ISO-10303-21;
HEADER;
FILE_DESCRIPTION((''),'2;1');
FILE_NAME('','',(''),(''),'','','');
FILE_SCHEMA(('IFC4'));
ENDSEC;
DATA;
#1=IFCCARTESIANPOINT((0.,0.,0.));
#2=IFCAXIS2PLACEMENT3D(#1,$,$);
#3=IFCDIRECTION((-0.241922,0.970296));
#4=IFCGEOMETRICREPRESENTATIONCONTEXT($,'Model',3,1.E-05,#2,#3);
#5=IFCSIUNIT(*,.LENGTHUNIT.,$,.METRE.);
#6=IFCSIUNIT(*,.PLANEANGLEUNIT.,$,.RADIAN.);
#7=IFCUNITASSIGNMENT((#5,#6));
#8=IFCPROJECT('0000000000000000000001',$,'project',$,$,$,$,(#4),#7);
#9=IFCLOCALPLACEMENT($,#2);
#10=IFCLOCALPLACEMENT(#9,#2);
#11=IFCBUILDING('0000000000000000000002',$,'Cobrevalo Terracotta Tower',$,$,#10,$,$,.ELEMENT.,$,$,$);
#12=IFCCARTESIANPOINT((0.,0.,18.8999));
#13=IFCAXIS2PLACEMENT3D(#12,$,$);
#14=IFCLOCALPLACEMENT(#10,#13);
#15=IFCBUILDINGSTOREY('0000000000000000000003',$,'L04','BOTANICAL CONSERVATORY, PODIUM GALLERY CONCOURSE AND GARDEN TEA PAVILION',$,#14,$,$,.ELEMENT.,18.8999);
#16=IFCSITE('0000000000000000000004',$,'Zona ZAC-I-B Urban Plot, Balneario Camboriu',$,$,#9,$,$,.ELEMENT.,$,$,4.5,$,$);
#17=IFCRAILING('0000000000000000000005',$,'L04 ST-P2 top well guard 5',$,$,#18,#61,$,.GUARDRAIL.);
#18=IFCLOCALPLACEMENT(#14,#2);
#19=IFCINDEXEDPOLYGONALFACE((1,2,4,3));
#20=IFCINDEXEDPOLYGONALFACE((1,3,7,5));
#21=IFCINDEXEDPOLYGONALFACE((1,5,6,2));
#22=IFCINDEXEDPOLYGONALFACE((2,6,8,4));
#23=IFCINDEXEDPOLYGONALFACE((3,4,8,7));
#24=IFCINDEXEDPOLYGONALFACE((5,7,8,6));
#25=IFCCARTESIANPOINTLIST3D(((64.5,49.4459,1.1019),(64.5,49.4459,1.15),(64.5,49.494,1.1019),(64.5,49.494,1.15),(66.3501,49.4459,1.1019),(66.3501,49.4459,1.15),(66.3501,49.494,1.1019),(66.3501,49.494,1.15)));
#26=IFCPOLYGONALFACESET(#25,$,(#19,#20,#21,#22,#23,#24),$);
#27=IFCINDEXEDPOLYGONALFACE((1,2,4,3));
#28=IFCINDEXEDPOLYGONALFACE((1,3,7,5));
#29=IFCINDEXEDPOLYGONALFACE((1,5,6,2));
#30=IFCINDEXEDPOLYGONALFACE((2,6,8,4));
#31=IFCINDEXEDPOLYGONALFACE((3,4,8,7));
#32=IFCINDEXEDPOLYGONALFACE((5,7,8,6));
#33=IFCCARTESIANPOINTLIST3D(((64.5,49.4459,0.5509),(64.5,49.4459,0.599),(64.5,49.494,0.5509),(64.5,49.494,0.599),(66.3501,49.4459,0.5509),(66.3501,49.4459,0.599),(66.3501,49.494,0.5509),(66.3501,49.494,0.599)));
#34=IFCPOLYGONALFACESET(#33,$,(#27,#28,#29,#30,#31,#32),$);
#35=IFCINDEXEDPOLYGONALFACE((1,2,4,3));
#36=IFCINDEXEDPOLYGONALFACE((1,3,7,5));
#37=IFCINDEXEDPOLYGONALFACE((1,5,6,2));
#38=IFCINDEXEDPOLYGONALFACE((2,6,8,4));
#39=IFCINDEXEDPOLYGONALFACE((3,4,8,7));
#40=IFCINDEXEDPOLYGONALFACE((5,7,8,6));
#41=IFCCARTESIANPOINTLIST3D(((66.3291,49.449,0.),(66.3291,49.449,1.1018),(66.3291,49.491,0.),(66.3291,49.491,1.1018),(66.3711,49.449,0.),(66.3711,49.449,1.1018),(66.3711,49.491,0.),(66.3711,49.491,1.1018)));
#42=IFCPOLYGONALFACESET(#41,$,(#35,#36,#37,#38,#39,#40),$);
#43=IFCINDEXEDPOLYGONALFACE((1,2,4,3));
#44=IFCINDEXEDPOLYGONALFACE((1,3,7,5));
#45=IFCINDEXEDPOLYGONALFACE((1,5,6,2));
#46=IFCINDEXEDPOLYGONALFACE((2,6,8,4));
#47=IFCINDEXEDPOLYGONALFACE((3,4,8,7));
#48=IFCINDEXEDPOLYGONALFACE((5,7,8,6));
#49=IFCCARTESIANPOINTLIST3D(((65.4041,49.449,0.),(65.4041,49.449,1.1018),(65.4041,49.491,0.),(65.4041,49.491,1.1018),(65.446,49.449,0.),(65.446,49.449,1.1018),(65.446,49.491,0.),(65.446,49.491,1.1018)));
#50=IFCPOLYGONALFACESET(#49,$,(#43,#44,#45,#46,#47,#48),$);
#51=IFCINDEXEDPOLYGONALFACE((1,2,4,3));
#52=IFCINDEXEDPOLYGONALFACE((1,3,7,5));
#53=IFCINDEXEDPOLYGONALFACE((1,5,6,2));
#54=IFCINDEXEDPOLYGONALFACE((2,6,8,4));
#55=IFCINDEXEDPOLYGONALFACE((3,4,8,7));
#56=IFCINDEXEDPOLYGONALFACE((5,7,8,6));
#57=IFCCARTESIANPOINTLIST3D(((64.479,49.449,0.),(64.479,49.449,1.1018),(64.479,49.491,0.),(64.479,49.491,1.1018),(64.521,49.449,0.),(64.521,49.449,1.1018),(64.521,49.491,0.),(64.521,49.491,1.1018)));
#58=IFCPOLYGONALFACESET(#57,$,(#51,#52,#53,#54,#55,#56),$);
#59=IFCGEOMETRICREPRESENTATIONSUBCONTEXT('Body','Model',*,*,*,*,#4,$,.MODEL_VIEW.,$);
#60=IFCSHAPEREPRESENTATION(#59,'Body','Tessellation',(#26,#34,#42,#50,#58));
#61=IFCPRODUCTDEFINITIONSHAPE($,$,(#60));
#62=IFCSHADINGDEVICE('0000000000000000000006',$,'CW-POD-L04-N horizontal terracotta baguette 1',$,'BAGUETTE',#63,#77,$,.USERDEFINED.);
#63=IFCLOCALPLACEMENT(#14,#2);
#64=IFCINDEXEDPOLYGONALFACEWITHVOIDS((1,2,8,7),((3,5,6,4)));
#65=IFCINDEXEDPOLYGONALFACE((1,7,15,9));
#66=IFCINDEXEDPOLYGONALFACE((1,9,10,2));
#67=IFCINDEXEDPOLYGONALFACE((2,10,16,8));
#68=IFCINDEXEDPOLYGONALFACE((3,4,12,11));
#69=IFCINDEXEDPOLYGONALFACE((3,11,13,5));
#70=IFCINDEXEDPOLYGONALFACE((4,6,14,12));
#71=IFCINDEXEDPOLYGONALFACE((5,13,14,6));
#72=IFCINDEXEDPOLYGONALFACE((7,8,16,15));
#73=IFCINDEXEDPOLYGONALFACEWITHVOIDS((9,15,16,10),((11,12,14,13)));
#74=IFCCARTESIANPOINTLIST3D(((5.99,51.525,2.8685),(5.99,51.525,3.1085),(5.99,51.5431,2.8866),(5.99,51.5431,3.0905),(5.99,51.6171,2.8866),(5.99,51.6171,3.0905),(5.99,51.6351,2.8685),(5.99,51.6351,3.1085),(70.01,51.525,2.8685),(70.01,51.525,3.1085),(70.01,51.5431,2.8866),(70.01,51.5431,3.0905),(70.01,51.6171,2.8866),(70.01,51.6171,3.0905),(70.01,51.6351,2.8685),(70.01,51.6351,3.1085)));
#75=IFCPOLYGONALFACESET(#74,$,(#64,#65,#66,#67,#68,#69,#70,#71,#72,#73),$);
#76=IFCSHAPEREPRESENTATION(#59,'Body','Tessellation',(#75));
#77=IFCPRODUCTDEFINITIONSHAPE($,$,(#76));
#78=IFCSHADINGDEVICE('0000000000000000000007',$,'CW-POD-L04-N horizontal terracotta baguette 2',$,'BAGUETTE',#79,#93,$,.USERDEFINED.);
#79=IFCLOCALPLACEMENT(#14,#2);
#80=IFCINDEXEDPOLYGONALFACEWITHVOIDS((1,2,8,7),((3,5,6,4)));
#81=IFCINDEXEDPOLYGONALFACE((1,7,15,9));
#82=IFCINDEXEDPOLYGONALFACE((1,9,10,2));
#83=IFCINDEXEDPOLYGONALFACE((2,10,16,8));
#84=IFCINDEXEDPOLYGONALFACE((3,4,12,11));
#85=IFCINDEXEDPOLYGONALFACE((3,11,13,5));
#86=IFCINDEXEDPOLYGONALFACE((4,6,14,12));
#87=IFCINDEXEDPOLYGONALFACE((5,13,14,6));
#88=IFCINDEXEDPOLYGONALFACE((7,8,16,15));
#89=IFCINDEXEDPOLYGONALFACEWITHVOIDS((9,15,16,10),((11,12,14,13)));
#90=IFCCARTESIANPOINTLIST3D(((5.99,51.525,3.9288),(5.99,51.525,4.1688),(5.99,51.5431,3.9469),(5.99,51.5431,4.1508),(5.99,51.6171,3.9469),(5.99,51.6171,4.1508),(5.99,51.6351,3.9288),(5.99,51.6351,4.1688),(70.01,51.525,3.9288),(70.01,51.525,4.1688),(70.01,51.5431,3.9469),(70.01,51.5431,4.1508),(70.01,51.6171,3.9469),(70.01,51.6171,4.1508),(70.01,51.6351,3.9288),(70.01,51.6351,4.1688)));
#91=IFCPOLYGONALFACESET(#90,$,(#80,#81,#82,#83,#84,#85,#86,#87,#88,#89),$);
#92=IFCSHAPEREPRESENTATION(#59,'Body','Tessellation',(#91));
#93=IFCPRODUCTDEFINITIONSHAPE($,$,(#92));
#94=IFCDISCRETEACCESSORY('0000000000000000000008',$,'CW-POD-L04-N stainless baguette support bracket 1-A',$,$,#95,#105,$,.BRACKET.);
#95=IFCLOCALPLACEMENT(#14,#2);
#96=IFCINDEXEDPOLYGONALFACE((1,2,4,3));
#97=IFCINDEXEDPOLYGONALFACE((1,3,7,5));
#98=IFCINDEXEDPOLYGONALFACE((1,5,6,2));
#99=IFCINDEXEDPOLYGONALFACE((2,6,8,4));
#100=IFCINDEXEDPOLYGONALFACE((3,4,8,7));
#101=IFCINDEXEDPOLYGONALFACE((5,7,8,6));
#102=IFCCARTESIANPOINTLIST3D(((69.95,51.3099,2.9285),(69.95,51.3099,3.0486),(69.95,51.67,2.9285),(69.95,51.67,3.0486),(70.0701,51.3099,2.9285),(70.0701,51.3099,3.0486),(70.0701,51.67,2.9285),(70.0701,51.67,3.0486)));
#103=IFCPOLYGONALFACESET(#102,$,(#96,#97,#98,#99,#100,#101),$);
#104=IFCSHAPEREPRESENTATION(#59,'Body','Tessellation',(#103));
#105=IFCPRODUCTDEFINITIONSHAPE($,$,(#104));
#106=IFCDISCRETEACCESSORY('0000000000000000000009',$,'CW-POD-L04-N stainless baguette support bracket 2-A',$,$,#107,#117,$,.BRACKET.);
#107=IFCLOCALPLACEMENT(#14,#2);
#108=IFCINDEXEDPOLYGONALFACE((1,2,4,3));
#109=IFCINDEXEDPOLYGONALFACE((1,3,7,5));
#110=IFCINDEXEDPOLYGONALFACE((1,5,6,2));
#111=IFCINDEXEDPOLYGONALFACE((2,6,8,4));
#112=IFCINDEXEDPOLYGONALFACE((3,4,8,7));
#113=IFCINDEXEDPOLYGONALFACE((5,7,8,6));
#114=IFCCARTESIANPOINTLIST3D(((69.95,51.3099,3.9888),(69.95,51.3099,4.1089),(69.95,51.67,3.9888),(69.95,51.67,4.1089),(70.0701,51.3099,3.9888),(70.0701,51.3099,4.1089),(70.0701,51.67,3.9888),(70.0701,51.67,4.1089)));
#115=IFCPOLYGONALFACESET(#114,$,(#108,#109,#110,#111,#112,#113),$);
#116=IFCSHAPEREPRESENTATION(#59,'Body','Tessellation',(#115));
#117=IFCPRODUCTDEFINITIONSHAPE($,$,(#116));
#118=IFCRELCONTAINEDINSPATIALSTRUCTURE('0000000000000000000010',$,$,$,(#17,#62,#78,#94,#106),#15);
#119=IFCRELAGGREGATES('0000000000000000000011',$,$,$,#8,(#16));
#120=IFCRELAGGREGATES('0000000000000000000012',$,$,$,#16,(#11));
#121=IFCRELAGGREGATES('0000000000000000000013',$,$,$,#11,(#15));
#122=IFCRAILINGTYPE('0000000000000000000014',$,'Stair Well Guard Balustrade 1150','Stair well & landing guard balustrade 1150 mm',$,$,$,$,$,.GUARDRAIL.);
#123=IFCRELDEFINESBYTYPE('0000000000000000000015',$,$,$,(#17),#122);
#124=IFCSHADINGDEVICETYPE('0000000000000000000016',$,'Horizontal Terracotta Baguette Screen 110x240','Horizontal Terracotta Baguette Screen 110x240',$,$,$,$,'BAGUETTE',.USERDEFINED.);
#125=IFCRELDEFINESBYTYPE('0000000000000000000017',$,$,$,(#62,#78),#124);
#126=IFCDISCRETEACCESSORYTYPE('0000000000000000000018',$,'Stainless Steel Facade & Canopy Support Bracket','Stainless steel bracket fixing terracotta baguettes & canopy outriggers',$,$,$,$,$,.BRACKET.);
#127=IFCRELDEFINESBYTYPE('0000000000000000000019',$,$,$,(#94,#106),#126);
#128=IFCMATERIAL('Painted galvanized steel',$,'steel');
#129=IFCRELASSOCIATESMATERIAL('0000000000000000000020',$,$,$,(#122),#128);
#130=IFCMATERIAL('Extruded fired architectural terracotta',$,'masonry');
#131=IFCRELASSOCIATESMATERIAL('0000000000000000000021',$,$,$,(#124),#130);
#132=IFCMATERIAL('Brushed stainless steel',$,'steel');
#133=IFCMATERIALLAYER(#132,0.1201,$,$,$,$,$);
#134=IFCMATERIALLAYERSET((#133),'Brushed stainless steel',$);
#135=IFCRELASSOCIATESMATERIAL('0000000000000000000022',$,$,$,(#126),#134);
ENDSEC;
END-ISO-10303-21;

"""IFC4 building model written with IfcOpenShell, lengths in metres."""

from ifc_helpers import new_model, si_unit, direction, frame, origin, origin_2d, place, context, subcontext, project, spatial, rectangle, hollow_rectangle, extrude, source, transform, mapped, material, layer, layer_set, material_profile, profile_set, type_object, element, save


model = new_model("IFC4")

# Units and contexts
model_context = context("Model", 3, precision=1e-05, world=origin(), true_north=direction((-0.241922, 0.970296)))
body_context = subcontext(model_context, "Body", "Model", "MODEL_VIEW")
ifc_project = project(units=[si_unit("LENGTHUNIT", "METRE"), si_unit("PLANEANGLEUNIT", "RADIAN")], contexts=[model_context])

# Site, building, storey
site_placement = place(None, origin())
site = spatial("IfcSite", under=ifc_project, at=site_placement, Name="Zona ZAC-I-B Urban Plot, Balneario Camboriu", CompositionType="ELEMENT", RefElevation=4.5)
building_placement = place(site_placement, origin())
building = spatial("IfcBuilding", under=site, at=building_placement, Name="Cobrevalo Terracotta Tower", CompositionType="ELEMENT")
storey_placement = place(building_placement, frame((0.0, 0.0, 18.8999)))
storey = spatial("IfcBuildingStorey", under=building, at=storey_placement, Name="L04", Description="BOTANICAL CONSERVATORY, PODIUM GALLERY CONCOURSE AND GARDEN TEA PAVILION", CompositionType="ELEMENT", Elevation=18.8999)

# Railing
ifc_material_1 = material(Name="Painted galvanized steel", Category="steel")
railing_type = type_object("IfcRailingType", Name="Stair Well Guard Balustrade 1150", Description="Stair well & landing guard balustrade 1150 mm", PredefinedType="GUARDRAIL", material=ifc_material_1)
railing_1_placement = place(storey_placement, frame((66.3501, 49.47, 0.0)))
element("IfcRailing", 1, at=railing_1_placement, inside=storey, type_object=railing_type, Name="L04 ST-P2 top well guard 5", PredefinedType="GUARDRAIL", context=body_context, shape_type="SweptSolid", body=[
    extrude(rectangle(XDim=0.0481, YDim=0.0481, at=origin_2d()), frame((0.0, 0.0, 1.126), z_axis=(-1.0, 0.0, 0.0), x_axis=(0.0, -1.0, 0.0)), (0.0, 0.0, 1.0), 1.8501),
    extrude(rectangle(XDim=0.0481, YDim=0.0481, at=origin_2d()), frame((0.0, 0.0, 0.575), z_axis=(-1.0, 0.0, 0.0), x_axis=(0.0, -1.0, 0.0)), (0.0, 0.0, 1.0), 1.8501),
    extrude(rectangle(XDim=0.042, YDim=0.042, at=origin_2d()), origin(), (0.0, 0.0, 1.0), 1.1018),
    extrude(rectangle(XDim=0.042, YDim=0.042, at=origin_2d()), frame((-0.925, 0.0, 0.0)), (0.0, 0.0, 1.0), 1.1018),
    extrude(rectangle(XDim=0.042, YDim=0.042, at=origin_2d()), frame((-1.8501, 0.0, 0.0)), (0.0, 0.0, 1.0), 1.1018),
])

# Shading devices
ifc_material_2 = material(Name="Extruded fired architectural terracotta", Category="masonry")
ifc_material_profile_1 = material_profile(ifc_material_2, hollow_rectangle(XDim=0.1101, YDim=0.24, WallThickness=0.0181, at=origin_2d()), Name="BAGUETTE 110x240")
ifc_profile_set_1 = profile_set([ifc_material_profile_1], Name="Extruded fired architectural terracotta")
shading_device_type = type_object("IfcShadingDeviceType", Name="Horizontal Terracotta Baguette Screen 110x240", Description="Horizontal Terracotta Baguette Screen 110x240", ElementType="BAGUETTE", PredefinedType="USERDEFINED", material=ifc_profile_set_1)
shared_shape_1 = source(origin(), body_context, "Body", "SweptSolid", [
    extrude(hollow_rectangle(XDim=0.1101, YDim=0.24, WallThickness=0.0181, at=origin_2d()), origin(), (0.0, 0.0, 1.0), 64.02),
])
for number, where, z_axis, x_axis, name in (
    (2, (70.01, 51.5801, 2.9885), (-1.0, 0.0, 0.0), (0.0, -1.0, 0.0), "CW-POD-L04-N horizontal terracotta baguette 1"),
    (3, (70.01, 51.5801, 4.0488), (-1.0, 0.0, 0.0), (0.0, -1.0, 0.0), "CW-POD-L04-N horizontal terracotta baguette 2"),
):
    element("IfcShadingDevice", number, at=place(storey_placement, frame(where, z_axis=z_axis, x_axis=x_axis)), inside=storey, type_object=shading_device_type, Name=name, ObjectType="BAGUETTE", PredefinedType="USERDEFINED", context=body_context, shape_type="MappedRepresentation", body=[
        mapped(shared_shape_1, transform((0.0, 0.0, 0.0), scale=1.0)),
    ])

# Discrete accessories
ifc_material_3 = material(Name="Brushed stainless steel", Category="steel")
ifc_layer_1 = layer(ifc_material_3, 0.1201)
ifc_layer_set_1 = layer_set([ifc_layer_1], Name="Brushed stainless steel")
discrete_accessory_type = type_object("IfcDiscreteAccessoryType", Name="Stainless Steel Facade & Canopy Support Bracket", Description="Stainless steel bracket fixing terracotta baguettes & canopy outriggers", PredefinedType="BRACKET", material=ifc_layer_set_1)
shared_shape_2 = source(origin(), body_context, "Body", "SweptSolid", [
    extrude(rectangle(XDim=0.1201, YDim=0.3601, at=origin_2d()), origin(), (0.0, 0.0, 1.0), 0.1201),
])
for number, where, z_axis, x_axis, name in (
    (4, (70.01, 51.49, 2.9285), (0.0, 0.0, 1.0), (-1.0, 0.0, 0.0), "CW-POD-L04-N stainless baguette support bracket 1-A"),
    (5, (70.01, 51.49, 3.9888), (0.0, 0.0, 1.0), (-1.0, 0.0, 0.0), "CW-POD-L04-N stainless baguette support bracket 2-A"),
):
    element("IfcDiscreteAccessory", number, at=place(storey_placement, frame(where, z_axis=z_axis, x_axis=x_axis)), inside=storey, type_object=discrete_accessory_type, Name=name, PredefinedType="BRACKET", context=body_context, shape_type="MappedRepresentation", body=[
        mapped(shared_shape_2, transform((0.0, 0.0, 0.0), scale=1.0)),
    ])

save(model, "model.ifc")
